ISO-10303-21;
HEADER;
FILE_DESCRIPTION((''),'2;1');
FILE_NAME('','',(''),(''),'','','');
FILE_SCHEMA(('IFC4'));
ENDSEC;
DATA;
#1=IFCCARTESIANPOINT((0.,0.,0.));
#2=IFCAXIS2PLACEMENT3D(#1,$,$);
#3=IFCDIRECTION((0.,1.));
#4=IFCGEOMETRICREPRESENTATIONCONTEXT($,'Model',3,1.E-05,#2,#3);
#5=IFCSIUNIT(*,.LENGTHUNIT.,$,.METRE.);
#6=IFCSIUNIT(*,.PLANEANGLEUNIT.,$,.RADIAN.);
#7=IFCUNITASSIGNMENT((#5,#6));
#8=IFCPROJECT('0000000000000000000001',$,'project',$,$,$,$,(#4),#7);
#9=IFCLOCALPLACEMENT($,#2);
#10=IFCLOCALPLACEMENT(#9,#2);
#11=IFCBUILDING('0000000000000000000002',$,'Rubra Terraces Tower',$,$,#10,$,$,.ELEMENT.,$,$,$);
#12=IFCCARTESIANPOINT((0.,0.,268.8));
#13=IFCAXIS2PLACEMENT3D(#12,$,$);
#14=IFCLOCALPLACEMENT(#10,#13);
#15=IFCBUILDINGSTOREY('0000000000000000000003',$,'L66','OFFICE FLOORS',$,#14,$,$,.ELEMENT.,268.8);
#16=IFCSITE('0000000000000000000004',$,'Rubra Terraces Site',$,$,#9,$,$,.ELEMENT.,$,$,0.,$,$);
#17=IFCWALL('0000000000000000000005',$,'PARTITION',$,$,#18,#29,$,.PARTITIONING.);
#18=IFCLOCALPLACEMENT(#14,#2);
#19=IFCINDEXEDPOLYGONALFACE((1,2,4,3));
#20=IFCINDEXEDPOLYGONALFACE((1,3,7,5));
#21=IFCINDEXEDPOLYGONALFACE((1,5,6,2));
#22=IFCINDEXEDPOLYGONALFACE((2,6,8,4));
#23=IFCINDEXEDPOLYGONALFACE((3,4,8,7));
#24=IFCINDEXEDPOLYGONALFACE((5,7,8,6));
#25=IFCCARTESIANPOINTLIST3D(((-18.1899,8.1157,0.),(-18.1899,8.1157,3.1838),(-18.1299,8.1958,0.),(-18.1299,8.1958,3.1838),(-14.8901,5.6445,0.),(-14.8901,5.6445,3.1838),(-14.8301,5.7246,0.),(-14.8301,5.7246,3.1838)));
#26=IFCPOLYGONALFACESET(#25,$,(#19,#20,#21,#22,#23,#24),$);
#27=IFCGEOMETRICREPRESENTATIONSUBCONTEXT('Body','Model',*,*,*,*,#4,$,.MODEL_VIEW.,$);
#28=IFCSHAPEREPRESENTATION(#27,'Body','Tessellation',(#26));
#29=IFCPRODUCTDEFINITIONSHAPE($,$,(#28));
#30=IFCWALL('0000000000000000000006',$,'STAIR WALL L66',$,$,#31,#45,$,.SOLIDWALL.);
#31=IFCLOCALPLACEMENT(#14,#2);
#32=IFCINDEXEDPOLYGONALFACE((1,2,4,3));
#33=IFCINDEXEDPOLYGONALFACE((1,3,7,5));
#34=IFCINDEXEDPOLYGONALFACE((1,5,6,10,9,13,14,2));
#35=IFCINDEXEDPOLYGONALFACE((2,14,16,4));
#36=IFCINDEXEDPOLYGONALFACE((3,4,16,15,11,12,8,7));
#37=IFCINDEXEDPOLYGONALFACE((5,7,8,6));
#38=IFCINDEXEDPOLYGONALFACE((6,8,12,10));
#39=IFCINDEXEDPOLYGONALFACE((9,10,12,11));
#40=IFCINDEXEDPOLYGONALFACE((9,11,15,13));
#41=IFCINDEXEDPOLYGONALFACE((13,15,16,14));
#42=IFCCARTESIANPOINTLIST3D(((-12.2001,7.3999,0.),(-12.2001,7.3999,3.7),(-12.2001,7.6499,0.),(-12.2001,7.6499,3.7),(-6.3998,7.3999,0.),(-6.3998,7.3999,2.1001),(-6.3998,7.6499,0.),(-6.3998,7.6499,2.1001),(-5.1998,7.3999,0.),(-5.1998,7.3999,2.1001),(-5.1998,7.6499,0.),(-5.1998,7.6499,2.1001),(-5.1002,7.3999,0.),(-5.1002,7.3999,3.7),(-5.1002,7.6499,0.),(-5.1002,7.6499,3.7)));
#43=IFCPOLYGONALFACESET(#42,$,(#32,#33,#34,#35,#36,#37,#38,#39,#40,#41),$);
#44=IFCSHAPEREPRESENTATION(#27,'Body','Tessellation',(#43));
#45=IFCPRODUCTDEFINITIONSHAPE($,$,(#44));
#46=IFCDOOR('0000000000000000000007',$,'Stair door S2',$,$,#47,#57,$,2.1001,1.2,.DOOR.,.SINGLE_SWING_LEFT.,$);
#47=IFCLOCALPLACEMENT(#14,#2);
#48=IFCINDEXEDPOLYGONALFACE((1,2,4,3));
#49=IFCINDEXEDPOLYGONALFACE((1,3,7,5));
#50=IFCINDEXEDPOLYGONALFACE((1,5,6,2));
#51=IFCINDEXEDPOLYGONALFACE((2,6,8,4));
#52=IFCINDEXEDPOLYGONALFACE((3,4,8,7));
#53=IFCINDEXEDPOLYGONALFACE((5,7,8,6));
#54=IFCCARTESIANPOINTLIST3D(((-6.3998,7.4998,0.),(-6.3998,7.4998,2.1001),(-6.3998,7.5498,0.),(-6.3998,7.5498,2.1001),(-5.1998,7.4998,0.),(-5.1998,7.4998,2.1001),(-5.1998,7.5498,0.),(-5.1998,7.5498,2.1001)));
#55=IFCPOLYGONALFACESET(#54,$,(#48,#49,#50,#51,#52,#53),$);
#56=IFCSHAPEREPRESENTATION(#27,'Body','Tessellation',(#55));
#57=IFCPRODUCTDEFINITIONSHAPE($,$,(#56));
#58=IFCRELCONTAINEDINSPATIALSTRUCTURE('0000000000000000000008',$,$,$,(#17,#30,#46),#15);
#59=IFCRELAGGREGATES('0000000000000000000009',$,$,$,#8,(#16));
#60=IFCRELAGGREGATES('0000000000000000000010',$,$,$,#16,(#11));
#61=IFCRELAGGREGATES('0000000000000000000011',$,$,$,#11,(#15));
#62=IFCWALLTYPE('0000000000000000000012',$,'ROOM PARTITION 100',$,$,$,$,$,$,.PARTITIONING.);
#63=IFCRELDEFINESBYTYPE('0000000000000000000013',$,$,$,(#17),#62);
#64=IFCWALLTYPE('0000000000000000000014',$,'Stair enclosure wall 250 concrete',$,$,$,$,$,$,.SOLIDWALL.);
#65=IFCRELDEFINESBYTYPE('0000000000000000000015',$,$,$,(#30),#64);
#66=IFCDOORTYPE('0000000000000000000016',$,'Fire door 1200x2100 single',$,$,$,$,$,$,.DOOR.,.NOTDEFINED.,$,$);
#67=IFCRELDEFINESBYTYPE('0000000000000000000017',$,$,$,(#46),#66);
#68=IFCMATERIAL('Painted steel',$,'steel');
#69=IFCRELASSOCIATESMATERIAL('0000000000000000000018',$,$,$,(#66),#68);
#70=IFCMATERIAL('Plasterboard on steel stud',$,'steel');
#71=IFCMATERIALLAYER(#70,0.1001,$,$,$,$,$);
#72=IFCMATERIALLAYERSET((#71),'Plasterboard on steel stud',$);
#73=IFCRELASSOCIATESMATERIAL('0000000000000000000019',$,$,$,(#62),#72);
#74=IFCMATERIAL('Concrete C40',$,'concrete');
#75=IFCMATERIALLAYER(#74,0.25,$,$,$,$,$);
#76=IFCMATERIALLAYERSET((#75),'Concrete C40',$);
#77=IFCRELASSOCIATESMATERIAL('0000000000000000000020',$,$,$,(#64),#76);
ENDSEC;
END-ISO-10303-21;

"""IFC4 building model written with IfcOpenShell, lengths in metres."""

from ifc_helpers import new_model, si_unit, direction, frame, frame_2d, origin, place, context, subcontext, project, spatial, rectangle, extrude, material, layer, layer_set, type_object, element, fill, save


model = new_model("IFC4")

# Units and contexts
model_context = context("Model", 3, precision=1e-05, world=origin(), true_north=direction((0.0, 1.0)))
body_context = subcontext(model_context, "Body", "Model", "MODEL_VIEW")
ifc_project = project(units=[si_unit("LENGTHUNIT", "METRE"), si_unit("PLANEANGLEUNIT", "RADIAN")], contexts=[model_context])

# Site, building, storey
site_placement = place(None, origin())
site = spatial("IfcSite", under=ifc_project, at=site_placement, Name="Rubra Terraces Site", CompositionType="ELEMENT", RefElevation=0.0)
building_placement = place(site_placement, origin())
building = spatial("IfcBuilding", under=site, at=building_placement, Name="Rubra Terraces Tower", CompositionType="ELEMENT")
storey_placement = place(building_placement, frame((0.0, 0.0, 268.8)))
storey = spatial("IfcBuildingStorey", under=building, at=storey_placement, Name="L66", Description="OFFICE FLOORS", CompositionType="ELEMENT", Elevation=268.8)

# Shared definitions
ifc_material_1 = material(Name="Concrete C40", Category="concrete")

# Shared definitions
ifc_material_2 = material(Name="Painted steel", Category="steel")
door_type_1 = type_object("IfcDoorType", Name="Fire door 1200x2100 single", OperationType="NOTDEFINED", PredefinedType="DOOR", material=ifc_material_2)

# Wall
ifc_material_3 = material(Name="Plasterboard on steel stud", Category="steel")
ifc_layer_1 = layer(ifc_material_3, 0.1001)
ifc_layer_set_1 = layer_set([ifc_layer_1], Name="Plasterboard on steel stud")
wall_type_1 = type_object("IfcWallType", Name="ROOM PARTITION 100", PredefinedType="PARTITIONING", material=ifc_layer_set_1)
wall_1_placement = place(storey_placement, frame((-14.8601, 5.6846, 0.0), z_axis=(0.0, 0.0, 1.0), x_axis=(-0.800426, 0.599431, 0.0)))
element("IfcWall", 1, at=wall_1_placement, inside=storey, type_object=wall_type_1, Name="PARTITION", PredefinedType="PARTITIONING", context=body_context, shape_type="SweptSolid", body=[
    extrude(rectangle(XDim=4.1226, YDim=0.1001, at=frame_2d((2.0613, 0.0))), origin(), (0.0, 0.0, 1.0), 3.1838),
])

# Wall, opening, door
ifc_layer_2 = layer(ifc_material_1, 0.25)
ifc_layer_set_2 = layer_set([ifc_layer_2], Name="Concrete C40")
wall_type_2 = type_object("IfcWallType", Name="Stair enclosure wall 250 concrete", PredefinedType="SOLIDWALL", material=ifc_layer_set_2)
wall_2_placement = place(storey_placement, frame((-12.2, 7.5249, 0.0), z_axis=(0.0, 0.0, 1.0), x_axis=(1.0, 0.0, 0.0)))
wall_2 = element("IfcWall", 2, at=wall_2_placement, inside=storey, type_object=wall_type_2, Name="STAIR WALL L66", PredefinedType="SOLIDWALL", context=body_context, shape_type="SweptSolid", body=[
    extrude(rectangle(XDim=7.0999, YDim=0.25, at=frame_2d((3.5498, 0.0))), origin(), (0.0, 0.0, 1.0), 3.7),
])
opening_1_placement = place(wall_2_placement, frame((5.8, 0.0, 0.0)))
opening_1 = element("IfcOpeningElement", 3, at=opening_1_placement, cuts=wall_2, PredefinedType="OPENING", context=body_context, shape_type="SweptSolid", body=[
    extrude(rectangle(XDim=1.2, YDim=2.1001, at=frame_2d((0.6001, 1.05))), frame((0.0, 0.135, 0.0), z_axis=(0.0, -1.0, 0.0), x_axis=(1.0, 0.0, 0.0)), (0.0, 0.0, 1.0), 0.27),
])
door_1_placement = place(opening_1_placement, origin())
door_1 = element("IfcDoor", 4, at=door_1_placement, inside=storey, type_object=door_type_1, Name="Stair door S2", OperationType="SINGLE_SWING_LEFT", OverallHeight=2.1001, OverallWidth=1.2, PredefinedType="DOOR", context=body_context, shape_type="SweptSolid", body=[
    extrude(rectangle(XDim=1.2, YDim=2.1001, at=frame_2d((0.6001, 1.05))), frame((0.0, 0.0249, 0.0), z_axis=(0.0, -1.0, 0.0), x_axis=(1.0, 0.0, 0.0)), (0.0, 0.0, 1.0), 0.05),
])
fill(opening_1, door_1)

save(model, "model.ifc")
